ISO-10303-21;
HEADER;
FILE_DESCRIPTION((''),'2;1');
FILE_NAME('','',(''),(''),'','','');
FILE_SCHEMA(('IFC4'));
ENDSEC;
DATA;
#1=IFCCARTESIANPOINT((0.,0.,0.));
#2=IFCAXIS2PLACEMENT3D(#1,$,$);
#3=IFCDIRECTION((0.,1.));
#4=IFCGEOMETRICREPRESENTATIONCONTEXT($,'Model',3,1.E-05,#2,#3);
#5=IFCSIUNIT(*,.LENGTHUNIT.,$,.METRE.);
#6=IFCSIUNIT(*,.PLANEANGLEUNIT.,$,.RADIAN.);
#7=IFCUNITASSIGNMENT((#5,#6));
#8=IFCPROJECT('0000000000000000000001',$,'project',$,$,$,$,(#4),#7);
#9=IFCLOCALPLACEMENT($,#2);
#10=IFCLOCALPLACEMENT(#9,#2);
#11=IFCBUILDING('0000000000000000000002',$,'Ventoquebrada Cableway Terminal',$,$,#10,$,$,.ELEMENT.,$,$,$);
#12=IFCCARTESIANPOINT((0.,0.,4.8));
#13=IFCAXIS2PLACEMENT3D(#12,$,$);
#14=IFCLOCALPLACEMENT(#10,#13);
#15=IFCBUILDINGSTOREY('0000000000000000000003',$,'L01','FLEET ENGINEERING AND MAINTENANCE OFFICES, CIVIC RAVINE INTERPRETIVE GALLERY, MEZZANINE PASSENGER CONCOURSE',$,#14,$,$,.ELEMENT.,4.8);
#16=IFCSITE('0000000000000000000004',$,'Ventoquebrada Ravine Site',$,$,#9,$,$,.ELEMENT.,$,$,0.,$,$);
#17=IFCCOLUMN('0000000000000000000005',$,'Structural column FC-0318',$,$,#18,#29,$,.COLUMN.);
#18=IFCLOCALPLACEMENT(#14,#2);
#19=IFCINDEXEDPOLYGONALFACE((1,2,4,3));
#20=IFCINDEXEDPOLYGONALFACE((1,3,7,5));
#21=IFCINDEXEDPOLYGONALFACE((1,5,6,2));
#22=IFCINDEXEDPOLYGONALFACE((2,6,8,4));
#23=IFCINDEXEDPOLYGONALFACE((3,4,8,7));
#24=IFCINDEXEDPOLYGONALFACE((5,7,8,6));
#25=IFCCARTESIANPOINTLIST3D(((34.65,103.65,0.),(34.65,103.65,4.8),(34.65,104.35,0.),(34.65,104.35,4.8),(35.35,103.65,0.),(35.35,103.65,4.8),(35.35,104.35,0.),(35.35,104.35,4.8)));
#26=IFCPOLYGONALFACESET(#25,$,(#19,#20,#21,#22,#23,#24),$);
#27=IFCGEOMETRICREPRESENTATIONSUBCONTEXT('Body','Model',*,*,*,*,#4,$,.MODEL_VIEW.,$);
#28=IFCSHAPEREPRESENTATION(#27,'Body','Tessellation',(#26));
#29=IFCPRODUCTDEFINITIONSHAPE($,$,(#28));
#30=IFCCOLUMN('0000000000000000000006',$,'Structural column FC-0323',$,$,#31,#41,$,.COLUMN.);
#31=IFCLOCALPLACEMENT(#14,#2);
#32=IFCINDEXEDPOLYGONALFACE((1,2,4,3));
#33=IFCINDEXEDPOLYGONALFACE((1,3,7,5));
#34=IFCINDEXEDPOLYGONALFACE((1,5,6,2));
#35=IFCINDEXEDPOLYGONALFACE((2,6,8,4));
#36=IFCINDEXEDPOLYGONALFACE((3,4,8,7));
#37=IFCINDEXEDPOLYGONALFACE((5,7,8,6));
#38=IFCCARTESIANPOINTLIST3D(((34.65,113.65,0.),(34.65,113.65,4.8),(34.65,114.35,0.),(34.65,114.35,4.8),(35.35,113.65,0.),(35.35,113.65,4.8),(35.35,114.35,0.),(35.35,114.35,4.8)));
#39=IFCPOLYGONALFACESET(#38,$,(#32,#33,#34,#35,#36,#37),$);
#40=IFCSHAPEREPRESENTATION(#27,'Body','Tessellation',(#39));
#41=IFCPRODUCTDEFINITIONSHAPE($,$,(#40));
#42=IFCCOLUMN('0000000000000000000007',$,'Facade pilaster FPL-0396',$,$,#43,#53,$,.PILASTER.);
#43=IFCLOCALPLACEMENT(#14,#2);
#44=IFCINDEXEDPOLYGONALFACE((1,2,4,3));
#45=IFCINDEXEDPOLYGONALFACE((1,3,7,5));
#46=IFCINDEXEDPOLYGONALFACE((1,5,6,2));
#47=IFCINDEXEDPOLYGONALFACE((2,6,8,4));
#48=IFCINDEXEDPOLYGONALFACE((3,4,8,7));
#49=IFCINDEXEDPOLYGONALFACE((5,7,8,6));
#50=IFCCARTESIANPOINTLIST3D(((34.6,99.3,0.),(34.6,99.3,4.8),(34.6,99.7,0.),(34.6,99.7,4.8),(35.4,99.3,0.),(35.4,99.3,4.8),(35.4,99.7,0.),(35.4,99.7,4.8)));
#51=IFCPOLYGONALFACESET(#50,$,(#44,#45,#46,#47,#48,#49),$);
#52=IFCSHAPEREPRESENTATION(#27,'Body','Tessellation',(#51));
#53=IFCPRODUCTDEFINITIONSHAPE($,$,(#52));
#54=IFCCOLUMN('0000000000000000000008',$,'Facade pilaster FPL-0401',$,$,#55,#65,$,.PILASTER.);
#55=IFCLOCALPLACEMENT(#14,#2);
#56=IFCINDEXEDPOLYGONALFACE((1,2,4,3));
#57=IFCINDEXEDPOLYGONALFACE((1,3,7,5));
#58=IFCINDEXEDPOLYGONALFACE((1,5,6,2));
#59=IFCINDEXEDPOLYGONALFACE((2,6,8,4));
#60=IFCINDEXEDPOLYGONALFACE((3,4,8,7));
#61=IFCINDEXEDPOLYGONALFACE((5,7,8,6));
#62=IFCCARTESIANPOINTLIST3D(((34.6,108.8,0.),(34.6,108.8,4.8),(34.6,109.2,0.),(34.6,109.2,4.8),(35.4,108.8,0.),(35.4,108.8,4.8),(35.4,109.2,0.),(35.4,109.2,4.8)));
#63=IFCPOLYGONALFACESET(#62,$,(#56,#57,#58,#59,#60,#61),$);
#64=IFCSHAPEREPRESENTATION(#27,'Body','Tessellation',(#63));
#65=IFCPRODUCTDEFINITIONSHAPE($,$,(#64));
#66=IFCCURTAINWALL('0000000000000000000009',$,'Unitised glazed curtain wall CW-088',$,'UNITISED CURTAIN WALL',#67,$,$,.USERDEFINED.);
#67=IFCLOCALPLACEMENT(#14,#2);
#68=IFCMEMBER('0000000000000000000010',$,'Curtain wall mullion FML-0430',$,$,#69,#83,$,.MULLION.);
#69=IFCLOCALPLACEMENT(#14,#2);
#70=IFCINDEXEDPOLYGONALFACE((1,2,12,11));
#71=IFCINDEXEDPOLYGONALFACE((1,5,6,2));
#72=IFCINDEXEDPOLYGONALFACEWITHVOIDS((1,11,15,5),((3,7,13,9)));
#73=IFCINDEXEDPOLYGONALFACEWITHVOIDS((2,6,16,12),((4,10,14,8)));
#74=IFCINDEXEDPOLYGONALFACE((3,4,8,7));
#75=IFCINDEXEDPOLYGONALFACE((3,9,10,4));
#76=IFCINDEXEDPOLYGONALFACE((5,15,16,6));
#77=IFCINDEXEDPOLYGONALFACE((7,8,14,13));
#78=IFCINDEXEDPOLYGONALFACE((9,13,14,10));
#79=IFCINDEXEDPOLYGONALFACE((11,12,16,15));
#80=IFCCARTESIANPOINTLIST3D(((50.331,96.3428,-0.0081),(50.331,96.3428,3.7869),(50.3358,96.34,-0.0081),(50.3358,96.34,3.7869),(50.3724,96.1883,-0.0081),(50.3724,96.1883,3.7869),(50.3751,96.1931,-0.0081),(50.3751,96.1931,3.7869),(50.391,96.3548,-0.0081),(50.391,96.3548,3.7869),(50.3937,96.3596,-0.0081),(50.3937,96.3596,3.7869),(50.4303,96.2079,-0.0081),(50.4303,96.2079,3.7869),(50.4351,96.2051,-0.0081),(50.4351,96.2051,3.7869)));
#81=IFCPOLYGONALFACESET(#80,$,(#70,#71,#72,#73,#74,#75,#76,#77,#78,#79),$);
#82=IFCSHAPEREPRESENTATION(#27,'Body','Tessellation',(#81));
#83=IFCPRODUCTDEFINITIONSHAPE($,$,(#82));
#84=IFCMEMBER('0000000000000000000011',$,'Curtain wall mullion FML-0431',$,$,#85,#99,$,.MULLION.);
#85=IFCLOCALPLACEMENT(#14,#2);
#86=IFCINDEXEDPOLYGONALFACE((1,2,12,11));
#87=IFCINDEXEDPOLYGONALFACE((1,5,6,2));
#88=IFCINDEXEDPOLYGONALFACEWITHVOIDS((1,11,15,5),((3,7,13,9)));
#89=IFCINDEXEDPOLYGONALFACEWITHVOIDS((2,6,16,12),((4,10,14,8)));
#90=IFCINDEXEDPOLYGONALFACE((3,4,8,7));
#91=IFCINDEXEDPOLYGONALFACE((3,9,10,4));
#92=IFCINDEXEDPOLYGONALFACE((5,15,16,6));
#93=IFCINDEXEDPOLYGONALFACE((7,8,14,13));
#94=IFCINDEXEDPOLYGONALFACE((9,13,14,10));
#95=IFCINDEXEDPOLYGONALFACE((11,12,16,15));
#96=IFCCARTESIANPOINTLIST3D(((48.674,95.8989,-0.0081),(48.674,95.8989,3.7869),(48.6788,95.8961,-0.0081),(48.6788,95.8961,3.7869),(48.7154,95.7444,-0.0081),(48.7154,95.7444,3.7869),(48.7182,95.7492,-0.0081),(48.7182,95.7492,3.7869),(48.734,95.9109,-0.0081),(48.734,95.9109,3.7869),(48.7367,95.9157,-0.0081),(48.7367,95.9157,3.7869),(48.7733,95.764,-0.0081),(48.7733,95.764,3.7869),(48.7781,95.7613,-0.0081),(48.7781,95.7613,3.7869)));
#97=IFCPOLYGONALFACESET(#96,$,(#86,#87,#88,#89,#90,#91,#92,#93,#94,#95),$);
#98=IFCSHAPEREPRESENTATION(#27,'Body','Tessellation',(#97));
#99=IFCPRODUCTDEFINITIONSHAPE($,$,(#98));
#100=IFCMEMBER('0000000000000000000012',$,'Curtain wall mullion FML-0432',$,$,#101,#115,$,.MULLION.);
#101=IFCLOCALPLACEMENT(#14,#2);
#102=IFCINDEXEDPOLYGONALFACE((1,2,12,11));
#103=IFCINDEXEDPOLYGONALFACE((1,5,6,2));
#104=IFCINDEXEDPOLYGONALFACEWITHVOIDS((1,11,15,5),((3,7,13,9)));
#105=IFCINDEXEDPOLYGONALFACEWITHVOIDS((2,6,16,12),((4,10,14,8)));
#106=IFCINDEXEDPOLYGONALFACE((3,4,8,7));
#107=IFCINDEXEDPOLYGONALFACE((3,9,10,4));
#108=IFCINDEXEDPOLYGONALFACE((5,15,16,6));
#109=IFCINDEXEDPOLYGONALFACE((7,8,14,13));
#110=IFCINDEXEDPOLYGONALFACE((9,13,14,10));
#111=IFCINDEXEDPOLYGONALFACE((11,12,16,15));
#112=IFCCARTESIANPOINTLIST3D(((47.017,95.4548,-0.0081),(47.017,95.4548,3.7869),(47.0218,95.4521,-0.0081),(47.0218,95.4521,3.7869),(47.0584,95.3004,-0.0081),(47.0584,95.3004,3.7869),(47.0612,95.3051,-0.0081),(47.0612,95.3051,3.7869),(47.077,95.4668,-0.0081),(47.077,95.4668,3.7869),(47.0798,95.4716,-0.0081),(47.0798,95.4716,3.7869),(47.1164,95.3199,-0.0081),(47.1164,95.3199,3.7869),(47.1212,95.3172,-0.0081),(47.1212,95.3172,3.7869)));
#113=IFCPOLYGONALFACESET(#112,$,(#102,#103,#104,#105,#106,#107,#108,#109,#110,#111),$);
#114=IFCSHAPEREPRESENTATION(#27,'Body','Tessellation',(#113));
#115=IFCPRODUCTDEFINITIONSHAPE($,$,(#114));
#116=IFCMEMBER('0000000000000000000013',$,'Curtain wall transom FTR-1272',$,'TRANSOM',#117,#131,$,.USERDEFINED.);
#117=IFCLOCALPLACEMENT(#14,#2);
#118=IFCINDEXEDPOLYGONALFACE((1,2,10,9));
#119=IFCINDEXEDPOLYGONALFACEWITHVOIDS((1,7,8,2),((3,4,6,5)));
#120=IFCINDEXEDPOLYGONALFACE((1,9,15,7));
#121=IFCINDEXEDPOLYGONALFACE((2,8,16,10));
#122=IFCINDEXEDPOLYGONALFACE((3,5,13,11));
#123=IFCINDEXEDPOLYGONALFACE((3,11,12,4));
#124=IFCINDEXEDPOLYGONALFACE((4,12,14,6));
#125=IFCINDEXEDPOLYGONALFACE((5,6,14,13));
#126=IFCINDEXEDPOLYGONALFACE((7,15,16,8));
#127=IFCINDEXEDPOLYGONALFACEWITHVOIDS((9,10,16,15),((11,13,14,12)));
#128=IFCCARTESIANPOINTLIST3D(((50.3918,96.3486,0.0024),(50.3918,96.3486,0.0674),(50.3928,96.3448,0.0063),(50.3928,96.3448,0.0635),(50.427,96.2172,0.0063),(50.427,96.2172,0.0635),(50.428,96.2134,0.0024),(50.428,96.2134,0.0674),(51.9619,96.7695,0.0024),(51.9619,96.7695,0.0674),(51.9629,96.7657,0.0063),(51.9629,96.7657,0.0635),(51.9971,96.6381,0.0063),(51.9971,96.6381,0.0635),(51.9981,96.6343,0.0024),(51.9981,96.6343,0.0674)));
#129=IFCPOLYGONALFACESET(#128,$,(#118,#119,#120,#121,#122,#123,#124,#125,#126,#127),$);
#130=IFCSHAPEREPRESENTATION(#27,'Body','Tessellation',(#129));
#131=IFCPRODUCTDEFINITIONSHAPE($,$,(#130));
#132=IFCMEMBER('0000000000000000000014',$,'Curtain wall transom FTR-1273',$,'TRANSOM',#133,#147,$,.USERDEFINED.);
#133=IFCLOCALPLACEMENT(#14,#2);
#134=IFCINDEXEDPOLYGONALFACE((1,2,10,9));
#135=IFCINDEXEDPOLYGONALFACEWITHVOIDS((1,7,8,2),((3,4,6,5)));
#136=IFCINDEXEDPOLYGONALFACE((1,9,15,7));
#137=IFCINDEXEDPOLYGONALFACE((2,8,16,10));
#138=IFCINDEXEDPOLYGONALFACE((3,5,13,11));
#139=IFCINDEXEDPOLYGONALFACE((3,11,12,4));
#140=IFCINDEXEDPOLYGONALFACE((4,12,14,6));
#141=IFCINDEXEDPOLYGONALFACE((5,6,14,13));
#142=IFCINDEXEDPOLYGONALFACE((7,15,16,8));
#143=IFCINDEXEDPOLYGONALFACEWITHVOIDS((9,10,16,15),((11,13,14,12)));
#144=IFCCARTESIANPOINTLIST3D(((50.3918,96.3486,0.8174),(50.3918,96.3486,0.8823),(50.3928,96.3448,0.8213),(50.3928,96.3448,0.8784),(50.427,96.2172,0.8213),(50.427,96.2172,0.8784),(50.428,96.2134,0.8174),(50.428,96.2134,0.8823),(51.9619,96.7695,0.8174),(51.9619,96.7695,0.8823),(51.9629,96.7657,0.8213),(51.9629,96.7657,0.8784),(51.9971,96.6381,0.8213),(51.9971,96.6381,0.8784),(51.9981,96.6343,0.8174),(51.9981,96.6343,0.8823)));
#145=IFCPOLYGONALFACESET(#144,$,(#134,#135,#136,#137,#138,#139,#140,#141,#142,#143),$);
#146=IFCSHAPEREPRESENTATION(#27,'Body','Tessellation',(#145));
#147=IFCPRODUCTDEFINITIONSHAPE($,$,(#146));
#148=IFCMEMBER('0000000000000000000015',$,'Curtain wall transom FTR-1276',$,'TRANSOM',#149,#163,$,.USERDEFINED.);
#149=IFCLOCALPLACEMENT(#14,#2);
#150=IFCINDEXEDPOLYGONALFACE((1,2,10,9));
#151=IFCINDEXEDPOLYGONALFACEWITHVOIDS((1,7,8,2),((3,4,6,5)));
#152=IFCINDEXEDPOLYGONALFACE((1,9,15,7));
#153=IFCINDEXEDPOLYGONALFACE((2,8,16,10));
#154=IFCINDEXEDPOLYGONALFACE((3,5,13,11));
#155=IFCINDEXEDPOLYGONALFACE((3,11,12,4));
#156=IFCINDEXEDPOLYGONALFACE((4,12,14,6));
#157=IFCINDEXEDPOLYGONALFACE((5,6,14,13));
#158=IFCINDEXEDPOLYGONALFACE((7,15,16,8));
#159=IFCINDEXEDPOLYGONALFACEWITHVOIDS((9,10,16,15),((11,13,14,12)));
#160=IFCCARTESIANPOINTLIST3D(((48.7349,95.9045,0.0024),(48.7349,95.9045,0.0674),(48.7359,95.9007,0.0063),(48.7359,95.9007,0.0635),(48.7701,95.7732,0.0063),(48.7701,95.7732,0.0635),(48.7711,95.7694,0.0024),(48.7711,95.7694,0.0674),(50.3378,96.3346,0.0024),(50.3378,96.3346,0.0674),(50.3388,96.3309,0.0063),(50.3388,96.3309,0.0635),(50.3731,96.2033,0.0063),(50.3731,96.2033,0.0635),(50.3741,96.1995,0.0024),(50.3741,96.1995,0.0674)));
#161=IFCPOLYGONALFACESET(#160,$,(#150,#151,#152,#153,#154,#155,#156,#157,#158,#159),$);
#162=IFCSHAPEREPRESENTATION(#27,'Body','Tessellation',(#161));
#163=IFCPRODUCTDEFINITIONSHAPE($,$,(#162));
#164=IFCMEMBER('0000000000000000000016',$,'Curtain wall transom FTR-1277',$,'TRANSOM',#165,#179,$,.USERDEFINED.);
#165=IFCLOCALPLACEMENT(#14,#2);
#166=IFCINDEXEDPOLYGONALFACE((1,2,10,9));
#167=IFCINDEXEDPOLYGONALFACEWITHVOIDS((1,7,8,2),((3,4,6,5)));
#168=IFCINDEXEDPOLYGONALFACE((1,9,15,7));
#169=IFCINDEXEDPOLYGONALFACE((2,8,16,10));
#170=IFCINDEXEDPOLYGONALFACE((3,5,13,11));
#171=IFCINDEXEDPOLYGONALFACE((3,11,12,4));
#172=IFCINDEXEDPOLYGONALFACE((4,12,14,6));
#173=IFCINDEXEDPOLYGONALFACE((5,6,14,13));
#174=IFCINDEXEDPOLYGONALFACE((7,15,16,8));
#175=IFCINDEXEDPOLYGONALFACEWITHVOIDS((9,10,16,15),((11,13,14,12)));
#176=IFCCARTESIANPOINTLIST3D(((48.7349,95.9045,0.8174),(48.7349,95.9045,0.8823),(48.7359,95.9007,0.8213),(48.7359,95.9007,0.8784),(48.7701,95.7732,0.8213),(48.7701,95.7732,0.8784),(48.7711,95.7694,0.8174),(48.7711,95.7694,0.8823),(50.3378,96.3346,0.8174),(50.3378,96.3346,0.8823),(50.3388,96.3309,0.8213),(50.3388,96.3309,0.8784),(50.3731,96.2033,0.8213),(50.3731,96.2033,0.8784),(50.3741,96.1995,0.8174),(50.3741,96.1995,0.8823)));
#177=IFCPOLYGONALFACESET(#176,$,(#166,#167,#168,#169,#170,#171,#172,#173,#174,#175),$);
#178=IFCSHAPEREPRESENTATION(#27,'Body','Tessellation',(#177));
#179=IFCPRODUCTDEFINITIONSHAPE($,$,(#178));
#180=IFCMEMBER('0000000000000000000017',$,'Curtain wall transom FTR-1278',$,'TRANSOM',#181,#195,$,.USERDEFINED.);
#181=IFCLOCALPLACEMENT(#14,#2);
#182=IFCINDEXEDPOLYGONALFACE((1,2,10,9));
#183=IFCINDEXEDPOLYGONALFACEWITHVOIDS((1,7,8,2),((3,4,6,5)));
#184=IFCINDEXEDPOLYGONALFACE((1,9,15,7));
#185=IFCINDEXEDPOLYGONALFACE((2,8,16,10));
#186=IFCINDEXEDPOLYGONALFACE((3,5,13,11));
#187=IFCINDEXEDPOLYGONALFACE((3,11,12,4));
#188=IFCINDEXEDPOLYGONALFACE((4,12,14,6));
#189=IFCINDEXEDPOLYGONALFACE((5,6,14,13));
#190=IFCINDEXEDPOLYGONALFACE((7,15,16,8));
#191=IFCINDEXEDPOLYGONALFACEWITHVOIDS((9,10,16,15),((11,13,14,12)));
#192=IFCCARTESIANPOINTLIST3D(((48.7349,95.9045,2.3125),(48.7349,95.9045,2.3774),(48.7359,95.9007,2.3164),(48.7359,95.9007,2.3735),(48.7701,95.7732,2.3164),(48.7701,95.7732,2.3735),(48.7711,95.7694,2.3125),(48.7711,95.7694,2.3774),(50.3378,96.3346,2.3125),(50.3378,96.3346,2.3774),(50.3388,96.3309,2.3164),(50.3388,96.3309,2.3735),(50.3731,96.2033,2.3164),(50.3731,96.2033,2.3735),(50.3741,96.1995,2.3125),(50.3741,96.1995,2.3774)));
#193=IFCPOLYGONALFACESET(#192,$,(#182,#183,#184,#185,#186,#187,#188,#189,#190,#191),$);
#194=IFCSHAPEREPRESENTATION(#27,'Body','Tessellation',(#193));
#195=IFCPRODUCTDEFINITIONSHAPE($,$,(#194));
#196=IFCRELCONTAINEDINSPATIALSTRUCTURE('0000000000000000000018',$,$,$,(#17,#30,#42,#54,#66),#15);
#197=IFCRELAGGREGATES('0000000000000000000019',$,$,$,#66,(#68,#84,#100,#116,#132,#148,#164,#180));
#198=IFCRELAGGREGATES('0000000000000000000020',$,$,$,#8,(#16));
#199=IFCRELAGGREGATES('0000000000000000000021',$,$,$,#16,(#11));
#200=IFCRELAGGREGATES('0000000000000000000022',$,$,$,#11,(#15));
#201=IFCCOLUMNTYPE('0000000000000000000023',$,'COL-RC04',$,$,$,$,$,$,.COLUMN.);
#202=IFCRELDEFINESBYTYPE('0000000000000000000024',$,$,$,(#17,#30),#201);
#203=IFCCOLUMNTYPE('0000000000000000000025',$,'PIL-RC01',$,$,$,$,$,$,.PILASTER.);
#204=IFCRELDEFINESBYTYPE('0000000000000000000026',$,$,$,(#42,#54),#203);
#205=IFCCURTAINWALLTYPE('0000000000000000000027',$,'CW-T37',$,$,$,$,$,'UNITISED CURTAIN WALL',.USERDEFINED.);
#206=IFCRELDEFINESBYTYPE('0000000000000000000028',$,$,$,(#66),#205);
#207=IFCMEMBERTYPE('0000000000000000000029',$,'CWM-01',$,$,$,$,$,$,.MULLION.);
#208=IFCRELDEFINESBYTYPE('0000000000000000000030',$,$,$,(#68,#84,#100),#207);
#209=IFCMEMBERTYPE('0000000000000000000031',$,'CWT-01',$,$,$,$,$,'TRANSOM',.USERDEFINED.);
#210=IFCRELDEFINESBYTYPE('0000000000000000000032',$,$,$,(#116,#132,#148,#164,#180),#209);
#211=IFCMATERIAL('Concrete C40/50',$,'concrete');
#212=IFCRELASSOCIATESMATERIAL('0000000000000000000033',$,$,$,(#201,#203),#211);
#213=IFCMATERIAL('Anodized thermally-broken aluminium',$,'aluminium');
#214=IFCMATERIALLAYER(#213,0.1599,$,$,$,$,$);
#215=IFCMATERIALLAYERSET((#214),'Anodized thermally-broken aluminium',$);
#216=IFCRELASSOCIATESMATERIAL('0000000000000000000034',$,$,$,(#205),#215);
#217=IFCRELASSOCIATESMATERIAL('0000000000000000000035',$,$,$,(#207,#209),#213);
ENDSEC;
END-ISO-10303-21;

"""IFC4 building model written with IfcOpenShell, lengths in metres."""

from ifc_helpers import new_model, si_unit, direction, frame, origin, origin_2d, place, context, subcontext, project, spatial, rectangle, hollow_rectangle, extrude, material, layer, layer_set, material_profile, profile_set, type_object, element, aggregate, save


model = new_model("IFC4")

# Units and contexts
model_context = context("Model", 3, precision=1e-05, world=origin(), true_north=direction((0.0, 1.0)))
body_context = subcontext(model_context, "Body", "Model", "MODEL_VIEW")
ifc_project = project(units=[si_unit("LENGTHUNIT", "METRE"), si_unit("PLANEANGLEUNIT", "RADIAN")], contexts=[model_context])

# Site, building, storey
site_placement = place(None, origin())
site = spatial("IfcSite", under=ifc_project, at=site_placement, Name="Ventoquebrada Ravine Site", CompositionType="ELEMENT", RefElevation=0.0)
building_placement = place(site_placement, origin())
building = spatial("IfcBuilding", under=site, at=building_placement, Name="Ventoquebrada Cableway Terminal", CompositionType="ELEMENT")
storey_placement = place(building_placement, frame((0.0, 0.0, 4.8)))
storey = spatial("IfcBuildingStorey", under=building, at=storey_placement, Name="L01", Description="FLEET ENGINEERING AND MAINTENANCE OFFICES, CIVIC RAVINE INTERPRETIVE GALLERY, MEZZANINE PASSENGER CONCOURSE", CompositionType="ELEMENT", Elevation=4.8)

# Columns
ifc_material_1 = material(Name="Concrete C40/50", Category="concrete")
ifc_material_profile_1 = material_profile(ifc_material_1, rectangle(XDim=0.7, YDim=0.7, at=origin_2d()), Name="RC-COL-700X700")
ifc_profile_set_1 = profile_set([ifc_material_profile_1], Name="Concrete C40/50")
column_type_1 = type_object("IfcColumnType", Name="COL-RC04", PredefinedType="COLUMN", material=ifc_profile_set_1)
for number, where, z_axis, x_axis, name in (
    (1, (35.0, 104.0, 0.0), (0.0, 0.0, 1.0), (1.0, 0.0, 0.0), "Structural column FC-0318"),
    (2, (35.0, 114.0, 0.0), (0.0, 0.0, 1.0), (1.0, 0.0, 0.0), "Structural column FC-0323"),
):
    element("IfcColumn", number, at=place(storey_placement, frame(where, z_axis=z_axis, x_axis=x_axis)), inside=storey, type_object=column_type_1, Name=name, PredefinedType="COLUMN", context=body_context, shape_type="SweptSolid", body=[
        extrude(rectangle(XDim=0.7, YDim=0.7, at=origin_2d()), origin(), (0.0, 0.0, 1.0), 4.8),
    ])
ifc_material_profile_2 = material_profile(ifc_material_1, rectangle(XDim=0.3999, YDim=0.8, at=origin_2d()), Name="RC-PIL-400X800")
ifc_profile_set_2 = profile_set([ifc_material_profile_2], Name="Concrete C40/50")
column_type_2 = type_object("IfcColumnType", Name="PIL-RC01", PredefinedType="PILASTER", material=ifc_profile_set_2)
for number, where, z_axis, x_axis, name in (
    (3, (35.0, 99.5, 0.0), (0.0, 0.0, 1.0), (0.0, 1.0, 0.0), "Facade pilaster FPL-0396"),
    (4, (35.0, 109.0, 0.0), (0.0, 0.0, 1.0), (0.0, 1.0, 0.0), "Facade pilaster FPL-0401"),
):
    element("IfcColumn", number, at=place(storey_placement, frame(where, z_axis=z_axis, x_axis=x_axis)), inside=storey, type_object=column_type_2, Name=name, PredefinedType="PILASTER", context=body_context, shape_type="SweptSolid", body=[
        extrude(rectangle(XDim=0.3999, YDim=0.8, at=origin_2d()), origin(), (0.0, 0.0, 1.0), 4.8),
    ])

# Curtain wall, members
ifc_material_2 = material(Name="Anodized thermally-broken aluminium", Category="aluminium")
ifc_layer_1 = layer(ifc_material_2, 0.1599)
ifc_layer_set_1 = layer_set([ifc_layer_1], Name="Anodized thermally-broken aluminium")
curtain_wall_type = type_object("IfcCurtainWallType", Name="CW-T37", ElementType="UNITISED CURTAIN WALL", PredefinedType="USERDEFINED", material=ifc_layer_set_1)
curtain_wall_placement = place(storey_placement, origin())
curtain_wall = element("IfcCurtainWall", 5, at=curtain_wall_placement, inside=storey, type_object=curtain_wall_type, Name="Unitised glazed curtain wall CW-088", ObjectType="UNITISED CURTAIN WALL", PredefinedType="USERDEFINED")
ifc_material_profile_3 = material_profile(ifc_material_2, hollow_rectangle(XDim=0.0649, YDim=0.1599, WallThickness=0.0039, at=origin_2d()), Name="CW-MUL-65X160")
ifc_profile_set_3 = profile_set([ifc_material_profile_3], Name="Anodized thermally-broken aluminium")
member_type_1 = type_object("IfcMemberType", Name="CWM-01", PredefinedType="MULLION", material=ifc_profile_set_3)
member_1_placement = place(storey_placement, frame((50.3831, 96.2739, -0.0081), z_axis=(0.0, 0.0, 1.0), x_axis=(-0.965926, -0.258819, 0.0)))
member_1 = element("IfcMember", 6, at=member_1_placement, type_object=member_type_1, Name="Curtain wall mullion FML-0430", PredefinedType="MULLION", context=body_context, shape_type="SweptSolid", body=[
    extrude(hollow_rectangle(XDim=0.0649, YDim=0.1599, WallThickness=0.0039, at=origin_2d()), origin(), (0.0, 0.0, 1.0), 3.7949),
])
member_2_placement = place(storey_placement, frame((48.7261, 95.8301, -0.0081), z_axis=(0.0, 0.0, 1.0), x_axis=(-0.965926, -0.258819, 0.0)))
member_2 = element("IfcMember", 7, at=member_2_placement, type_object=member_type_1, Name="Curtain wall mullion FML-0431", PredefinedType="MULLION", context=body_context, shape_type="SweptSolid", body=[
    extrude(hollow_rectangle(XDim=0.0649, YDim=0.1599, WallThickness=0.0039, at=origin_2d()), origin(), (0.0, 0.0, 1.0), 3.7949),
])
member_3_placement = place(storey_placement, frame((47.0691, 95.386, -0.0081), z_axis=(0.0, 0.0, 1.0), x_axis=(-0.965926, -0.258819, 0.0)))
member_3 = element("IfcMember", 8, at=member_3_placement, type_object=member_type_1, Name="Curtain wall mullion FML-0432", PredefinedType="MULLION", context=body_context, shape_type="SweptSolid", body=[
    extrude(hollow_rectangle(XDim=0.0649, YDim=0.1599, WallThickness=0.0039, at=origin_2d()), origin(), (0.0, 0.0, 1.0), 3.7949),
])
ifc_material_profile_4 = material_profile(ifc_material_2, hollow_rectangle(XDim=0.0649, YDim=0.1399, WallThickness=0.0039, at=origin_2d()), Name="CW-TRN-65X140")
ifc_profile_set_4 = profile_set([ifc_material_profile_4], Name="Anodized thermally-broken aluminium")
member_type_2 = type_object("IfcMemberType", Name="CWT-01", ElementType="TRANSOM", PredefinedType="USERDEFINED", material=ifc_profile_set_4)
member_4_placement = place(storey_placement, frame((51.98, 96.7019, 0.0349), z_axis=(-0.965895, -0.258934, 0.0), x_axis=(0.0, 0.0, 1.0)))
member_4 = element("IfcMember", 9, at=member_4_placement, type_object=member_type_2, Name="Curtain wall transom FTR-1272", ObjectType="TRANSOM", PredefinedType="USERDEFINED", context=body_context, shape_type="SweptSolid", body=[
    extrude(hollow_rectangle(XDim=0.0649, YDim=0.1399, WallThickness=0.0039, at=origin_2d()), origin(), (0.0, 0.0, 1.0), 1.6255),
])
member_5_placement = place(storey_placement, frame((51.98, 96.7019, 0.8499), z_axis=(-0.965895, -0.258934, 0.0), x_axis=(0.0, 0.0, 1.0)))
member_5 = element("IfcMember", 10, at=member_5_placement, type_object=member_type_2, Name="Curtain wall transom FTR-1273", ObjectType="TRANSOM", PredefinedType="USERDEFINED", context=body_context, shape_type="SweptSolid", body=[
    extrude(hollow_rectangle(XDim=0.0649, YDim=0.1399, WallThickness=0.0039, at=origin_2d()), origin(), (0.0, 0.0, 1.0), 1.6255),
])
member_6_placement = place(storey_placement, frame((50.356, 96.2671, 0.0349), z_axis=(-0.965828, -0.259182, 0.0), x_axis=(0.0, 0.0, 1.0)))
member_6 = element("IfcMember", 11, at=member_6_placement, type_object=member_type_2, Name="Curtain wall transom FTR-1276", ObjectType="TRANSOM", PredefinedType="USERDEFINED", context=body_context, shape_type="SweptSolid", body=[
    extrude(hollow_rectangle(XDim=0.0649, YDim=0.1399, WallThickness=0.0039, at=origin_2d()), origin(), (0.0, 0.0, 1.0), 1.6597),
])
member_7_placement = place(storey_placement, frame((50.356, 96.2671, 0.8499), z_axis=(-0.965828, -0.259182, 0.0), x_axis=(0.0, 0.0, 1.0)))
member_7 = element("IfcMember", 12, at=member_7_placement, type_object=member_type_2, Name="Curtain wall transom FTR-1277", ObjectType="TRANSOM", PredefinedType="USERDEFINED", context=body_context, shape_type="SweptSolid", body=[
    extrude(hollow_rectangle(XDim=0.0649, YDim=0.1399, WallThickness=0.0039, at=origin_2d()), origin(), (0.0, 0.0, 1.0), 1.6597),
])
member_8_placement = place(storey_placement, frame((50.356, 96.2671, 2.345), z_axis=(-0.965828, -0.259182, 0.0), x_axis=(0.0, 0.0, 1.0)))
member_8 = element("IfcMember", 13, at=member_8_placement, type_object=member_type_2, Name="Curtain wall transom FTR-1278", ObjectType="TRANSOM", PredefinedType="USERDEFINED", context=body_context, shape_type="SweptSolid", body=[
    extrude(hollow_rectangle(XDim=0.0649, YDim=0.1399, WallThickness=0.0039, at=origin_2d()), origin(), (0.0, 0.0, 1.0), 1.6597),
])

aggregate(curtain_wall, [member_1, member_2, member_3, member_4, member_5, member_6, member_7, member_8])

save(model, "model.ifc")
